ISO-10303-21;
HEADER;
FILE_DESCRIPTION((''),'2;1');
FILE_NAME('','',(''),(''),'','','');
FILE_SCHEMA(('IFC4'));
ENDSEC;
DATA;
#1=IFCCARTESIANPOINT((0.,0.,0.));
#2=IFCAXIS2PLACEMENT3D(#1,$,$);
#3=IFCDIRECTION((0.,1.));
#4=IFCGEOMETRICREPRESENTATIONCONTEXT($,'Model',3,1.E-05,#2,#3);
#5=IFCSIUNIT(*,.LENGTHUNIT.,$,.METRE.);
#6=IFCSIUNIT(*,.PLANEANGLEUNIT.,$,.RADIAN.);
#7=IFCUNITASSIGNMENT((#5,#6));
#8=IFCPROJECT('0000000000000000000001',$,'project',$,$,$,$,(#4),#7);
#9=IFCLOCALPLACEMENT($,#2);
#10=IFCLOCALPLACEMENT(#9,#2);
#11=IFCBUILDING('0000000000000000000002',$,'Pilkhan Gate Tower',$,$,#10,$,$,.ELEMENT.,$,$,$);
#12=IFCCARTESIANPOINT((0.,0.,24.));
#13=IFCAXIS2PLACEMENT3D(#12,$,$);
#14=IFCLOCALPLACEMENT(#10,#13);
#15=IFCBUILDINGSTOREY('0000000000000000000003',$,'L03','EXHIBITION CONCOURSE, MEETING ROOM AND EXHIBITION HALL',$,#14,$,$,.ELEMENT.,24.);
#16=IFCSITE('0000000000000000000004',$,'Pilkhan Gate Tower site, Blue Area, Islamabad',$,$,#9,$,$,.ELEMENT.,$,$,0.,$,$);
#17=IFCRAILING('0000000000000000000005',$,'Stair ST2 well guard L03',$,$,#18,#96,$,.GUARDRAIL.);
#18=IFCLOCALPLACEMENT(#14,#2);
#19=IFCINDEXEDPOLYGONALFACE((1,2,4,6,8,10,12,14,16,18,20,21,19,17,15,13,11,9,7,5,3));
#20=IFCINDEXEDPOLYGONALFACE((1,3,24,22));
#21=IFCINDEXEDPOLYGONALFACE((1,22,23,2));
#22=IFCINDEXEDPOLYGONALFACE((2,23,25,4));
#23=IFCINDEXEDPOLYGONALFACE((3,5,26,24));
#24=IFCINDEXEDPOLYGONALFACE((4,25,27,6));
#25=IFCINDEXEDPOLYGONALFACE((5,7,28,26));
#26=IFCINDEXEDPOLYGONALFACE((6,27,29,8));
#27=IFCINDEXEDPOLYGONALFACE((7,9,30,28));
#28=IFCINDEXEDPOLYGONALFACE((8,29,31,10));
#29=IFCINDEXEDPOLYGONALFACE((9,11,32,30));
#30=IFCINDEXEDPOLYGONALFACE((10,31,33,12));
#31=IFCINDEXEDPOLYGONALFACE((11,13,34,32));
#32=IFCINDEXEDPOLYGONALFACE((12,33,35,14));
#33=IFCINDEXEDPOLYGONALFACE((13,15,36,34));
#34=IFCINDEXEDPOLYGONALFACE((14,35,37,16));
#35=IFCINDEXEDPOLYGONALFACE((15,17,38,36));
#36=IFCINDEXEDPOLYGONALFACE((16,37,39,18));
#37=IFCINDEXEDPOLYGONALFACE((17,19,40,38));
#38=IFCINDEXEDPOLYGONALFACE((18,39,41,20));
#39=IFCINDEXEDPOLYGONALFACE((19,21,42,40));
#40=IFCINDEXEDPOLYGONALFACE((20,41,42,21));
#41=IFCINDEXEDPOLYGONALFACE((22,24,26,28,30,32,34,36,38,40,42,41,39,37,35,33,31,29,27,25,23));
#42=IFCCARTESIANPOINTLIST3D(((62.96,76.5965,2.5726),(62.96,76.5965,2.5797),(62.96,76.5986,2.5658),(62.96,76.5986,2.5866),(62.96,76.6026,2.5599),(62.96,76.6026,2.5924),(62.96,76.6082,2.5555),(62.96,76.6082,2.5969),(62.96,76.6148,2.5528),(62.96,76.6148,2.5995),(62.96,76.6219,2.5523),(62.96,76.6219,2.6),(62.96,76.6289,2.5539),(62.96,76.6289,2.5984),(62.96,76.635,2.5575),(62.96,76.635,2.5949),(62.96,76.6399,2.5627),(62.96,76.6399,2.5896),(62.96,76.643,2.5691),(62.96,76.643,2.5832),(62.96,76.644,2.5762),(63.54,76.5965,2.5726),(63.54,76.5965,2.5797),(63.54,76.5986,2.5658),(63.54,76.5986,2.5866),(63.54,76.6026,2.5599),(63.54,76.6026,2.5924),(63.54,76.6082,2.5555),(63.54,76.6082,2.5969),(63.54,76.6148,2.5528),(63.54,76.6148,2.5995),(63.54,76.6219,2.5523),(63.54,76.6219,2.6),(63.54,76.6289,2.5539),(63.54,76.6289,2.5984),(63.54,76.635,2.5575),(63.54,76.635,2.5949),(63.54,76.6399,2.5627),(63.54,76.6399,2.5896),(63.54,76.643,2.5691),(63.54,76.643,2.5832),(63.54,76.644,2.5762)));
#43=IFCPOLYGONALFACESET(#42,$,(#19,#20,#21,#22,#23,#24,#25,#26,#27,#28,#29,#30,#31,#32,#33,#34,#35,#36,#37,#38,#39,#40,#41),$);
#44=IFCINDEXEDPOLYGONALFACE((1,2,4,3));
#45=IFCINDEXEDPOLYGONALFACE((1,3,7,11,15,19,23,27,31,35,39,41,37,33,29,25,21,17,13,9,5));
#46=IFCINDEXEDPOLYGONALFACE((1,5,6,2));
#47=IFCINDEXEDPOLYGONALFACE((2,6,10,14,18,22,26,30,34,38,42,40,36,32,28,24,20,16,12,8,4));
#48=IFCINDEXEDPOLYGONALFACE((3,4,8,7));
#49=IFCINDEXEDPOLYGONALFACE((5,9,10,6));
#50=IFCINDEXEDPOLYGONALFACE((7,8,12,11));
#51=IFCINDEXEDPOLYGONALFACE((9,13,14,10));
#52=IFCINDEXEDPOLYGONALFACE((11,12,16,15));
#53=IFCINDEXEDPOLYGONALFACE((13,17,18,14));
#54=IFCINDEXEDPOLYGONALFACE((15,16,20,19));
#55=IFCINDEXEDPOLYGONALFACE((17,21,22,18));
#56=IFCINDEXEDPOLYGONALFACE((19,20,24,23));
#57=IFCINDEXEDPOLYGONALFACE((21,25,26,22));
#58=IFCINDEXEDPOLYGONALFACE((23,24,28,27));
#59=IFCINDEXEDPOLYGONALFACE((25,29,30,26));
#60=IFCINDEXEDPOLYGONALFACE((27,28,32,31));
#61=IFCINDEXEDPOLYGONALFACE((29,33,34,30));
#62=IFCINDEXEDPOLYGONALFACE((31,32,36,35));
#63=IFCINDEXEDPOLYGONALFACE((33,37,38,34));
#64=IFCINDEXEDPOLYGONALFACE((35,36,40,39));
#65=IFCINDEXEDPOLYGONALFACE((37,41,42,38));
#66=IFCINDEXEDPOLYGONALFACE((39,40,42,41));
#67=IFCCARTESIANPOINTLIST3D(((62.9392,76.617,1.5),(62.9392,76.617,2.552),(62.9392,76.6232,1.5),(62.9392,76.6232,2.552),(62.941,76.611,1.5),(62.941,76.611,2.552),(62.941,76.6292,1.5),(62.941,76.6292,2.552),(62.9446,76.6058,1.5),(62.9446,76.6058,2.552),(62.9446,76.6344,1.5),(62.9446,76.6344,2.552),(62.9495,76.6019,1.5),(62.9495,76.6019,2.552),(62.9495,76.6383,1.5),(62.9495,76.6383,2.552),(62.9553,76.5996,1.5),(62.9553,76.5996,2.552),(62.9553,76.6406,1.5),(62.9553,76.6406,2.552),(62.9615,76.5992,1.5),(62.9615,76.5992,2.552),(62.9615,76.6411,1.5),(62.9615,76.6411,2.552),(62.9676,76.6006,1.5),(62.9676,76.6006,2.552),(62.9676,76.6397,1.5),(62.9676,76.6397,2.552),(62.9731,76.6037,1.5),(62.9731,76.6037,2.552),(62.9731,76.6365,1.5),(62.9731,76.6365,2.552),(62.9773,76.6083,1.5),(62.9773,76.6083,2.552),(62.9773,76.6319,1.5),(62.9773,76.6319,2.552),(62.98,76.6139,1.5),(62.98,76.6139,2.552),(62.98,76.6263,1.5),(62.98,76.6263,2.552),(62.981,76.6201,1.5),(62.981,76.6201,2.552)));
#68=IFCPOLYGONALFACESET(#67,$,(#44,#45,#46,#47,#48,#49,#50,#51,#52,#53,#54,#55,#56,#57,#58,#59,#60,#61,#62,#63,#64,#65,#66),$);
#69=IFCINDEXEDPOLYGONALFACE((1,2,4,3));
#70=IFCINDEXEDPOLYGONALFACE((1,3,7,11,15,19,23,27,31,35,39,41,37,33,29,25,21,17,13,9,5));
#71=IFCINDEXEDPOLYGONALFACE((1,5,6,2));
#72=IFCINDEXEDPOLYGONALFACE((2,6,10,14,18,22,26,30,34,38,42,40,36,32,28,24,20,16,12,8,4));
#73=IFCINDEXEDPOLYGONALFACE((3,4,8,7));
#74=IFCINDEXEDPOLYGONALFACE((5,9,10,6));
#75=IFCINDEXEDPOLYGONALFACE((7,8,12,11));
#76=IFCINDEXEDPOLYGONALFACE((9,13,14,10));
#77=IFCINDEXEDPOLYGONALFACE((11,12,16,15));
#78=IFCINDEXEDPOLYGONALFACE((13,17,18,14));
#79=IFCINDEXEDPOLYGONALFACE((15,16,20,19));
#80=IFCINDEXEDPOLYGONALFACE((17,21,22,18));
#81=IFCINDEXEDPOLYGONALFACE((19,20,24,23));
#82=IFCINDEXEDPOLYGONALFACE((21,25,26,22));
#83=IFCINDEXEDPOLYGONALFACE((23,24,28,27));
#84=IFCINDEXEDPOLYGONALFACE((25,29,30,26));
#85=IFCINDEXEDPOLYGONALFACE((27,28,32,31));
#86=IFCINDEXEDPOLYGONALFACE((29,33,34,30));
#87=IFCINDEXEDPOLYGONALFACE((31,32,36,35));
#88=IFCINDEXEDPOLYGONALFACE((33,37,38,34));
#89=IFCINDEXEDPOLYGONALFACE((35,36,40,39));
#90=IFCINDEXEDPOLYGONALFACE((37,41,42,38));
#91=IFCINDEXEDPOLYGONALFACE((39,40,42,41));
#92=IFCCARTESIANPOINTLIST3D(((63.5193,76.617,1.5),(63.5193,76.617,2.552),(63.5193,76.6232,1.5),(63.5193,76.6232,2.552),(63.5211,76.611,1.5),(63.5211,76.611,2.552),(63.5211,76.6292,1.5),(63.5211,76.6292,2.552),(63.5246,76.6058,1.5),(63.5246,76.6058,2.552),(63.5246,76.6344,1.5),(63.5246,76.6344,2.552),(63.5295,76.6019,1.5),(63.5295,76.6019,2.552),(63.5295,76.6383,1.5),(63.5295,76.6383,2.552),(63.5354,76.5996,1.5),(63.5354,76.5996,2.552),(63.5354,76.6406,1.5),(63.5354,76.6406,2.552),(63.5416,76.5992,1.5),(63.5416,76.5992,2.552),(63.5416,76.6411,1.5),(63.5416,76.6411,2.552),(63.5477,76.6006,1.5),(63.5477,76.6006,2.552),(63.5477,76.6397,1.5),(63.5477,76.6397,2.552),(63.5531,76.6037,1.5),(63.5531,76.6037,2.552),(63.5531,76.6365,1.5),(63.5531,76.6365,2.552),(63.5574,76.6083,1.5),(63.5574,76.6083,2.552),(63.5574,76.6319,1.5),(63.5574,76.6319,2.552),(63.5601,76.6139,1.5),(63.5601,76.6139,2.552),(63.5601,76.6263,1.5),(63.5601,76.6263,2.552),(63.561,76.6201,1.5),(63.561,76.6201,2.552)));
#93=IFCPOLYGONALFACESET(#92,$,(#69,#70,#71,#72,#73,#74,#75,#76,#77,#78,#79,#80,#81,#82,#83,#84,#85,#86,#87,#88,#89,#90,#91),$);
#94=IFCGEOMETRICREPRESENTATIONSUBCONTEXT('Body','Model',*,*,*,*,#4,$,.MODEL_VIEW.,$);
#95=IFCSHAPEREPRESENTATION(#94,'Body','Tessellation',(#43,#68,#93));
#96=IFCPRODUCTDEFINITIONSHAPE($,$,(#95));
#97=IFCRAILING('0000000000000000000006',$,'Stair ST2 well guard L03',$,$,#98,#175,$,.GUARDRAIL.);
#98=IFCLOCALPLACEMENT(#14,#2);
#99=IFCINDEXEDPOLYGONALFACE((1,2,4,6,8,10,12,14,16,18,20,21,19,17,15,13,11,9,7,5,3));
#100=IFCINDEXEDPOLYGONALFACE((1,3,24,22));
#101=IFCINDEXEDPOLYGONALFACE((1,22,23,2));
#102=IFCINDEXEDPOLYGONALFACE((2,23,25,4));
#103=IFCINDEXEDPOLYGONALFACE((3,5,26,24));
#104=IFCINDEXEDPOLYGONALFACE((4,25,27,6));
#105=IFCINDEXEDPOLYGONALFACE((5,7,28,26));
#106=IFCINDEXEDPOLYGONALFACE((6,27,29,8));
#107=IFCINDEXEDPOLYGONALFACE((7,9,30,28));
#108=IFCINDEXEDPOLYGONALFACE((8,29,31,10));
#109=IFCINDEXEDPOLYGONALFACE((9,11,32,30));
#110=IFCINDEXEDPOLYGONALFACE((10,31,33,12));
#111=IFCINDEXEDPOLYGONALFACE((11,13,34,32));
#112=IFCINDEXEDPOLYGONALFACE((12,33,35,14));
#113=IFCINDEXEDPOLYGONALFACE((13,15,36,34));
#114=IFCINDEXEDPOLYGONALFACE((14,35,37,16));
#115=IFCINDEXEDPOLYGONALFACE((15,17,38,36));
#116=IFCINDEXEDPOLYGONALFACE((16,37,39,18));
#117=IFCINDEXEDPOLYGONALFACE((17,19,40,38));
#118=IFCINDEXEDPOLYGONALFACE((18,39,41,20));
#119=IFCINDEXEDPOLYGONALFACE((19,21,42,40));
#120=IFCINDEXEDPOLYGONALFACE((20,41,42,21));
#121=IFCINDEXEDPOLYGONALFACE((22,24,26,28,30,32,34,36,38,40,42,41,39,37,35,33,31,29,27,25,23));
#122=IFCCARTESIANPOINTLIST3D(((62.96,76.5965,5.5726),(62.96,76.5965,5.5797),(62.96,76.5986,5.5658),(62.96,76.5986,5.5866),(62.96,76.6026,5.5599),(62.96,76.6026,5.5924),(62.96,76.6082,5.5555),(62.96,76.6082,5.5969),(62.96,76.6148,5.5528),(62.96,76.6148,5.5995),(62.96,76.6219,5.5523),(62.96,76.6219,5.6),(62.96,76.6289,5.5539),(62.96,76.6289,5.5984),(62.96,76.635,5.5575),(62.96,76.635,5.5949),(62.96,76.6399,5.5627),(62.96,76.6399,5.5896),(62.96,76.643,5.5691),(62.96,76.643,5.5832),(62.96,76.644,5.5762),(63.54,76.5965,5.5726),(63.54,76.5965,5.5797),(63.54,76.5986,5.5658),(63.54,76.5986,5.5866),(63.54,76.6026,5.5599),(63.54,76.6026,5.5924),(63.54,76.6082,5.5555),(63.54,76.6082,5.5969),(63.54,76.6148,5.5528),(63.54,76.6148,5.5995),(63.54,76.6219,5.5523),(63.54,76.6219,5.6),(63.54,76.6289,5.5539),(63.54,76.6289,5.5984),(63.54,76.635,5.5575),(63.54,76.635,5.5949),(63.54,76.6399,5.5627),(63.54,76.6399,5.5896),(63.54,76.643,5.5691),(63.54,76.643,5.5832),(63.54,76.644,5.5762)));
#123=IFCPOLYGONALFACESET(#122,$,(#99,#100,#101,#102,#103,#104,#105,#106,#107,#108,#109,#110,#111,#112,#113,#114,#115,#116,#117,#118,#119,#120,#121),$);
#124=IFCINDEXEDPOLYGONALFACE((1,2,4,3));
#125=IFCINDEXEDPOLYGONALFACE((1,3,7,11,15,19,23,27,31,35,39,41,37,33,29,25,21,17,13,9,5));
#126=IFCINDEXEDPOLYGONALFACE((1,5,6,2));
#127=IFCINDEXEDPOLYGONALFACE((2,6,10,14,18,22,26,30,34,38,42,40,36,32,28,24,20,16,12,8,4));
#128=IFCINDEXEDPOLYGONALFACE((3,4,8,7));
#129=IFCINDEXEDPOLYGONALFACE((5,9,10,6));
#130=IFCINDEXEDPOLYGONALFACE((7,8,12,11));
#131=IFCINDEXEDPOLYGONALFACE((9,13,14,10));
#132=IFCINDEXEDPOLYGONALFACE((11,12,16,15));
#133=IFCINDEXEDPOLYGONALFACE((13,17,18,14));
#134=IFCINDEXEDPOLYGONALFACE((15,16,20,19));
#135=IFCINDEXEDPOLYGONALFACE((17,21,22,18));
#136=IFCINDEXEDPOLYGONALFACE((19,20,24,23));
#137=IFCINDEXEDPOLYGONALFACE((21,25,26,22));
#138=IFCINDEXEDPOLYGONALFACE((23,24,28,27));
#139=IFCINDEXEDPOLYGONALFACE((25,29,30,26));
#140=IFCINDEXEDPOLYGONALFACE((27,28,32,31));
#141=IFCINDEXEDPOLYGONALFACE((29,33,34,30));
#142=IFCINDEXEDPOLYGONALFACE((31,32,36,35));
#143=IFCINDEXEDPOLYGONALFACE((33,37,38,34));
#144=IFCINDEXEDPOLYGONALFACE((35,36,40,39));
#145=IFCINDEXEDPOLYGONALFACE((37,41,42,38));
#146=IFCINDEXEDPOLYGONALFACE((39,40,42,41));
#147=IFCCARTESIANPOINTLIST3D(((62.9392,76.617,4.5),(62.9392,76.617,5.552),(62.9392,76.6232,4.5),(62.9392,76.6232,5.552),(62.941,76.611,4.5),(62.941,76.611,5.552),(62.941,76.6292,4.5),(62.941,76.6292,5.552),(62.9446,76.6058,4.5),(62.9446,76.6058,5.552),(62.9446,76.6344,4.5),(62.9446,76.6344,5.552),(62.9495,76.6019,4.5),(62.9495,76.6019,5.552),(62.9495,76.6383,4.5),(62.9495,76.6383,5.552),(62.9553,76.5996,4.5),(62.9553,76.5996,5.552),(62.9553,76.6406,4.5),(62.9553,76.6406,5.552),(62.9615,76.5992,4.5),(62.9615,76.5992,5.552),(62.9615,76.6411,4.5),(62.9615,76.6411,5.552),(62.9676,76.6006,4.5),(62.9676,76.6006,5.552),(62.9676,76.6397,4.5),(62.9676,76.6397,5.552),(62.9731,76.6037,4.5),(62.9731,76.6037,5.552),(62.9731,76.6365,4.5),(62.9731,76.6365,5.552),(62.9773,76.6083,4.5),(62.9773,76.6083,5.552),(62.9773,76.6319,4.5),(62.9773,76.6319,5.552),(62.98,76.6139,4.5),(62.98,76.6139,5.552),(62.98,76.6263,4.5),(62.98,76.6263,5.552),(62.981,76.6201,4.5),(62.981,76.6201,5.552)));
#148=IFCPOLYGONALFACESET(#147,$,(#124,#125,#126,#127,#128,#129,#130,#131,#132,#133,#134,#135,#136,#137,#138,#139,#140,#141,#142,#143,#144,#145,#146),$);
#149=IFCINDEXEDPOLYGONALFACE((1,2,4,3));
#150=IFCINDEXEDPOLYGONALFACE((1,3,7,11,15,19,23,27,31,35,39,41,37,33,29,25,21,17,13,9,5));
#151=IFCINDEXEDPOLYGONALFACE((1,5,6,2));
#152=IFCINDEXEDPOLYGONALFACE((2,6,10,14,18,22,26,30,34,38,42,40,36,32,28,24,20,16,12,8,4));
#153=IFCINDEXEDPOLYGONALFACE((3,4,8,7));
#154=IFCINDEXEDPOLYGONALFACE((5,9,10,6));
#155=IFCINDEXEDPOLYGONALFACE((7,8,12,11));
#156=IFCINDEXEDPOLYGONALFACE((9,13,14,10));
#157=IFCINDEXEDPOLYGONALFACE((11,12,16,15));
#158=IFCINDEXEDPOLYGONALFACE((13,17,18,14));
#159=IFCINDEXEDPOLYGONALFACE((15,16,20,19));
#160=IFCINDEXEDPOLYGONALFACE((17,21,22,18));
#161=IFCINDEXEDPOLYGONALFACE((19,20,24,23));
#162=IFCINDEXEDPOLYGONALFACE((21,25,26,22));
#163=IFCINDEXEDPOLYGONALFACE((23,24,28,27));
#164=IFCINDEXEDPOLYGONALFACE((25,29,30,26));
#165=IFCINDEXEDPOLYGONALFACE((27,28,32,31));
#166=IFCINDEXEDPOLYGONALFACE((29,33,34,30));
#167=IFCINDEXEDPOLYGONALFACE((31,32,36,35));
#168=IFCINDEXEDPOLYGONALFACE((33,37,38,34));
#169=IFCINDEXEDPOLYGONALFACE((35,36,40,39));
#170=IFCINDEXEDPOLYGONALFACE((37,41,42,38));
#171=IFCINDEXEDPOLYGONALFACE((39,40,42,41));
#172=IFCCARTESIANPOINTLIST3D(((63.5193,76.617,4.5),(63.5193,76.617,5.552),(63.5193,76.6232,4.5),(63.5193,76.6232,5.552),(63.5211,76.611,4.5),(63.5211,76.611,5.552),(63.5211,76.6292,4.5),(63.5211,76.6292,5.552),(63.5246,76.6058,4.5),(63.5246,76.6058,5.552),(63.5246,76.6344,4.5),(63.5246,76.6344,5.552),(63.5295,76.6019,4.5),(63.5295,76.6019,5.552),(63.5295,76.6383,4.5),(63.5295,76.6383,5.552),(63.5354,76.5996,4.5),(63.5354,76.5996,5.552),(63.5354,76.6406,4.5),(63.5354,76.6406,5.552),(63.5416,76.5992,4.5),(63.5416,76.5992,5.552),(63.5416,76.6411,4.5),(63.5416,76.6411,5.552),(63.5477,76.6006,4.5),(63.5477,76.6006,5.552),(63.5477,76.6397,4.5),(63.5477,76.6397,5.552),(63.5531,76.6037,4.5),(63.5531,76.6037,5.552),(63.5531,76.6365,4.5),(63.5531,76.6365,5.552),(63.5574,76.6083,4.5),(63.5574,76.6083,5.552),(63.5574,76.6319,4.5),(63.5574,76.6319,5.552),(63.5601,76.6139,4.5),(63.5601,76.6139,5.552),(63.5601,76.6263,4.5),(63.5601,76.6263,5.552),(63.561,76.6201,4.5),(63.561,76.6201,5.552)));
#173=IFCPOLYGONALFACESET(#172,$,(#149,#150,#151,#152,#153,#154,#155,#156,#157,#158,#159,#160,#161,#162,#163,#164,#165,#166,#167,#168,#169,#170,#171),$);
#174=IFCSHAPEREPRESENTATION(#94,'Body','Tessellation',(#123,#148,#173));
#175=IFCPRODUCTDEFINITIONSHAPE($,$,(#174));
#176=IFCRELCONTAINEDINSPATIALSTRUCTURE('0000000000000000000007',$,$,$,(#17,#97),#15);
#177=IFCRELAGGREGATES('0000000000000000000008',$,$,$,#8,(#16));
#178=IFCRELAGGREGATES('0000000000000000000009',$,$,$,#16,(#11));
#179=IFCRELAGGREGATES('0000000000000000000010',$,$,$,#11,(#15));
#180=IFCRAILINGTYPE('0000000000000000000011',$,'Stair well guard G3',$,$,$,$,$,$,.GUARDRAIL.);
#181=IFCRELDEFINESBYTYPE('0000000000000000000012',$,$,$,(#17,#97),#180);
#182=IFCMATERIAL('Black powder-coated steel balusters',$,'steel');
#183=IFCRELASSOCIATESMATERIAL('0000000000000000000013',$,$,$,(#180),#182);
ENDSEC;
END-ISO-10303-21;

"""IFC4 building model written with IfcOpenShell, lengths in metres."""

from ifc_helpers import new_model, si_unit, direction, frame, origin, origin_2d, place, context, subcontext, project, spatial, circle, extrude, material, type_object, element, save


model = new_model("IFC4")

# Units and contexts
model_context = context("Model", 3, precision=1e-05, world=origin(), true_north=direction((0.0, 1.0)))
body_context = subcontext(model_context, "Body", "Model", "MODEL_VIEW")
ifc_project = project(units=[si_unit("LENGTHUNIT", "METRE"), si_unit("PLANEANGLEUNIT", "RADIAN")], contexts=[model_context])

# Site, building, storey
site_placement = place(None, origin())
site = spatial("IfcSite", under=ifc_project, at=site_placement, Name="Pilkhan Gate Tower site, Blue Area, Islamabad", CompositionType="ELEMENT", RefElevation=0.0)
building_placement = place(site_placement, origin())
building = spatial("IfcBuilding", under=site, at=building_placement, Name="Pilkhan Gate Tower", CompositionType="ELEMENT")
storey_placement = place(building_placement, frame((0.0, 0.0, 24.0)))
storey = spatial("IfcBuildingStorey", under=building, at=storey_placement, Name="L03", Description="EXHIBITION CONCOURSE, MEETING ROOM AND EXHIBITION HALL", CompositionType="ELEMENT", Elevation=24.0)

# Railings
ifc_material_1 = material(Name="Black powder-coated steel balusters", Category="steel")
railing_type_1 = type_object("IfcRailingType", Name="Stair well guard G3", PredefinedType="GUARDRAIL", material=ifc_material_1)
for number, where, name in (
    (1, (62.96, 76.6201, 1.5), "Stair ST2 well guard L03"),
    (2, (62.96, 76.6201, 4.5), "Stair ST2 well guard L03"),
):
    element("IfcRailing", number, at=place(storey_placement, frame(where)), inside=storey, type_object=railing_type_1, Name=name, PredefinedType="GUARDRAIL", context=body_context, shape_type="SweptSolid", body=[
        extrude(circle(Radius=0.0239, at=origin_2d()), frame((0.0, 0.0, 1.0762), z_axis=(1.0, 0.0, 0.0), x_axis=(0.0, 1.0, 0.0)), (0.0, 0.0, 1.0), 0.5801),
        extrude(circle(Radius=0.021, at=origin_2d()), origin(), (0.0, 0.0, 1.0), 1.052),
        extrude(circle(Radius=0.021, at=origin_2d()), frame((0.5801, 0.0, 0.0)), (0.0, 0.0, 1.0), 1.052),
    ])

save(model, "model.ifc")
